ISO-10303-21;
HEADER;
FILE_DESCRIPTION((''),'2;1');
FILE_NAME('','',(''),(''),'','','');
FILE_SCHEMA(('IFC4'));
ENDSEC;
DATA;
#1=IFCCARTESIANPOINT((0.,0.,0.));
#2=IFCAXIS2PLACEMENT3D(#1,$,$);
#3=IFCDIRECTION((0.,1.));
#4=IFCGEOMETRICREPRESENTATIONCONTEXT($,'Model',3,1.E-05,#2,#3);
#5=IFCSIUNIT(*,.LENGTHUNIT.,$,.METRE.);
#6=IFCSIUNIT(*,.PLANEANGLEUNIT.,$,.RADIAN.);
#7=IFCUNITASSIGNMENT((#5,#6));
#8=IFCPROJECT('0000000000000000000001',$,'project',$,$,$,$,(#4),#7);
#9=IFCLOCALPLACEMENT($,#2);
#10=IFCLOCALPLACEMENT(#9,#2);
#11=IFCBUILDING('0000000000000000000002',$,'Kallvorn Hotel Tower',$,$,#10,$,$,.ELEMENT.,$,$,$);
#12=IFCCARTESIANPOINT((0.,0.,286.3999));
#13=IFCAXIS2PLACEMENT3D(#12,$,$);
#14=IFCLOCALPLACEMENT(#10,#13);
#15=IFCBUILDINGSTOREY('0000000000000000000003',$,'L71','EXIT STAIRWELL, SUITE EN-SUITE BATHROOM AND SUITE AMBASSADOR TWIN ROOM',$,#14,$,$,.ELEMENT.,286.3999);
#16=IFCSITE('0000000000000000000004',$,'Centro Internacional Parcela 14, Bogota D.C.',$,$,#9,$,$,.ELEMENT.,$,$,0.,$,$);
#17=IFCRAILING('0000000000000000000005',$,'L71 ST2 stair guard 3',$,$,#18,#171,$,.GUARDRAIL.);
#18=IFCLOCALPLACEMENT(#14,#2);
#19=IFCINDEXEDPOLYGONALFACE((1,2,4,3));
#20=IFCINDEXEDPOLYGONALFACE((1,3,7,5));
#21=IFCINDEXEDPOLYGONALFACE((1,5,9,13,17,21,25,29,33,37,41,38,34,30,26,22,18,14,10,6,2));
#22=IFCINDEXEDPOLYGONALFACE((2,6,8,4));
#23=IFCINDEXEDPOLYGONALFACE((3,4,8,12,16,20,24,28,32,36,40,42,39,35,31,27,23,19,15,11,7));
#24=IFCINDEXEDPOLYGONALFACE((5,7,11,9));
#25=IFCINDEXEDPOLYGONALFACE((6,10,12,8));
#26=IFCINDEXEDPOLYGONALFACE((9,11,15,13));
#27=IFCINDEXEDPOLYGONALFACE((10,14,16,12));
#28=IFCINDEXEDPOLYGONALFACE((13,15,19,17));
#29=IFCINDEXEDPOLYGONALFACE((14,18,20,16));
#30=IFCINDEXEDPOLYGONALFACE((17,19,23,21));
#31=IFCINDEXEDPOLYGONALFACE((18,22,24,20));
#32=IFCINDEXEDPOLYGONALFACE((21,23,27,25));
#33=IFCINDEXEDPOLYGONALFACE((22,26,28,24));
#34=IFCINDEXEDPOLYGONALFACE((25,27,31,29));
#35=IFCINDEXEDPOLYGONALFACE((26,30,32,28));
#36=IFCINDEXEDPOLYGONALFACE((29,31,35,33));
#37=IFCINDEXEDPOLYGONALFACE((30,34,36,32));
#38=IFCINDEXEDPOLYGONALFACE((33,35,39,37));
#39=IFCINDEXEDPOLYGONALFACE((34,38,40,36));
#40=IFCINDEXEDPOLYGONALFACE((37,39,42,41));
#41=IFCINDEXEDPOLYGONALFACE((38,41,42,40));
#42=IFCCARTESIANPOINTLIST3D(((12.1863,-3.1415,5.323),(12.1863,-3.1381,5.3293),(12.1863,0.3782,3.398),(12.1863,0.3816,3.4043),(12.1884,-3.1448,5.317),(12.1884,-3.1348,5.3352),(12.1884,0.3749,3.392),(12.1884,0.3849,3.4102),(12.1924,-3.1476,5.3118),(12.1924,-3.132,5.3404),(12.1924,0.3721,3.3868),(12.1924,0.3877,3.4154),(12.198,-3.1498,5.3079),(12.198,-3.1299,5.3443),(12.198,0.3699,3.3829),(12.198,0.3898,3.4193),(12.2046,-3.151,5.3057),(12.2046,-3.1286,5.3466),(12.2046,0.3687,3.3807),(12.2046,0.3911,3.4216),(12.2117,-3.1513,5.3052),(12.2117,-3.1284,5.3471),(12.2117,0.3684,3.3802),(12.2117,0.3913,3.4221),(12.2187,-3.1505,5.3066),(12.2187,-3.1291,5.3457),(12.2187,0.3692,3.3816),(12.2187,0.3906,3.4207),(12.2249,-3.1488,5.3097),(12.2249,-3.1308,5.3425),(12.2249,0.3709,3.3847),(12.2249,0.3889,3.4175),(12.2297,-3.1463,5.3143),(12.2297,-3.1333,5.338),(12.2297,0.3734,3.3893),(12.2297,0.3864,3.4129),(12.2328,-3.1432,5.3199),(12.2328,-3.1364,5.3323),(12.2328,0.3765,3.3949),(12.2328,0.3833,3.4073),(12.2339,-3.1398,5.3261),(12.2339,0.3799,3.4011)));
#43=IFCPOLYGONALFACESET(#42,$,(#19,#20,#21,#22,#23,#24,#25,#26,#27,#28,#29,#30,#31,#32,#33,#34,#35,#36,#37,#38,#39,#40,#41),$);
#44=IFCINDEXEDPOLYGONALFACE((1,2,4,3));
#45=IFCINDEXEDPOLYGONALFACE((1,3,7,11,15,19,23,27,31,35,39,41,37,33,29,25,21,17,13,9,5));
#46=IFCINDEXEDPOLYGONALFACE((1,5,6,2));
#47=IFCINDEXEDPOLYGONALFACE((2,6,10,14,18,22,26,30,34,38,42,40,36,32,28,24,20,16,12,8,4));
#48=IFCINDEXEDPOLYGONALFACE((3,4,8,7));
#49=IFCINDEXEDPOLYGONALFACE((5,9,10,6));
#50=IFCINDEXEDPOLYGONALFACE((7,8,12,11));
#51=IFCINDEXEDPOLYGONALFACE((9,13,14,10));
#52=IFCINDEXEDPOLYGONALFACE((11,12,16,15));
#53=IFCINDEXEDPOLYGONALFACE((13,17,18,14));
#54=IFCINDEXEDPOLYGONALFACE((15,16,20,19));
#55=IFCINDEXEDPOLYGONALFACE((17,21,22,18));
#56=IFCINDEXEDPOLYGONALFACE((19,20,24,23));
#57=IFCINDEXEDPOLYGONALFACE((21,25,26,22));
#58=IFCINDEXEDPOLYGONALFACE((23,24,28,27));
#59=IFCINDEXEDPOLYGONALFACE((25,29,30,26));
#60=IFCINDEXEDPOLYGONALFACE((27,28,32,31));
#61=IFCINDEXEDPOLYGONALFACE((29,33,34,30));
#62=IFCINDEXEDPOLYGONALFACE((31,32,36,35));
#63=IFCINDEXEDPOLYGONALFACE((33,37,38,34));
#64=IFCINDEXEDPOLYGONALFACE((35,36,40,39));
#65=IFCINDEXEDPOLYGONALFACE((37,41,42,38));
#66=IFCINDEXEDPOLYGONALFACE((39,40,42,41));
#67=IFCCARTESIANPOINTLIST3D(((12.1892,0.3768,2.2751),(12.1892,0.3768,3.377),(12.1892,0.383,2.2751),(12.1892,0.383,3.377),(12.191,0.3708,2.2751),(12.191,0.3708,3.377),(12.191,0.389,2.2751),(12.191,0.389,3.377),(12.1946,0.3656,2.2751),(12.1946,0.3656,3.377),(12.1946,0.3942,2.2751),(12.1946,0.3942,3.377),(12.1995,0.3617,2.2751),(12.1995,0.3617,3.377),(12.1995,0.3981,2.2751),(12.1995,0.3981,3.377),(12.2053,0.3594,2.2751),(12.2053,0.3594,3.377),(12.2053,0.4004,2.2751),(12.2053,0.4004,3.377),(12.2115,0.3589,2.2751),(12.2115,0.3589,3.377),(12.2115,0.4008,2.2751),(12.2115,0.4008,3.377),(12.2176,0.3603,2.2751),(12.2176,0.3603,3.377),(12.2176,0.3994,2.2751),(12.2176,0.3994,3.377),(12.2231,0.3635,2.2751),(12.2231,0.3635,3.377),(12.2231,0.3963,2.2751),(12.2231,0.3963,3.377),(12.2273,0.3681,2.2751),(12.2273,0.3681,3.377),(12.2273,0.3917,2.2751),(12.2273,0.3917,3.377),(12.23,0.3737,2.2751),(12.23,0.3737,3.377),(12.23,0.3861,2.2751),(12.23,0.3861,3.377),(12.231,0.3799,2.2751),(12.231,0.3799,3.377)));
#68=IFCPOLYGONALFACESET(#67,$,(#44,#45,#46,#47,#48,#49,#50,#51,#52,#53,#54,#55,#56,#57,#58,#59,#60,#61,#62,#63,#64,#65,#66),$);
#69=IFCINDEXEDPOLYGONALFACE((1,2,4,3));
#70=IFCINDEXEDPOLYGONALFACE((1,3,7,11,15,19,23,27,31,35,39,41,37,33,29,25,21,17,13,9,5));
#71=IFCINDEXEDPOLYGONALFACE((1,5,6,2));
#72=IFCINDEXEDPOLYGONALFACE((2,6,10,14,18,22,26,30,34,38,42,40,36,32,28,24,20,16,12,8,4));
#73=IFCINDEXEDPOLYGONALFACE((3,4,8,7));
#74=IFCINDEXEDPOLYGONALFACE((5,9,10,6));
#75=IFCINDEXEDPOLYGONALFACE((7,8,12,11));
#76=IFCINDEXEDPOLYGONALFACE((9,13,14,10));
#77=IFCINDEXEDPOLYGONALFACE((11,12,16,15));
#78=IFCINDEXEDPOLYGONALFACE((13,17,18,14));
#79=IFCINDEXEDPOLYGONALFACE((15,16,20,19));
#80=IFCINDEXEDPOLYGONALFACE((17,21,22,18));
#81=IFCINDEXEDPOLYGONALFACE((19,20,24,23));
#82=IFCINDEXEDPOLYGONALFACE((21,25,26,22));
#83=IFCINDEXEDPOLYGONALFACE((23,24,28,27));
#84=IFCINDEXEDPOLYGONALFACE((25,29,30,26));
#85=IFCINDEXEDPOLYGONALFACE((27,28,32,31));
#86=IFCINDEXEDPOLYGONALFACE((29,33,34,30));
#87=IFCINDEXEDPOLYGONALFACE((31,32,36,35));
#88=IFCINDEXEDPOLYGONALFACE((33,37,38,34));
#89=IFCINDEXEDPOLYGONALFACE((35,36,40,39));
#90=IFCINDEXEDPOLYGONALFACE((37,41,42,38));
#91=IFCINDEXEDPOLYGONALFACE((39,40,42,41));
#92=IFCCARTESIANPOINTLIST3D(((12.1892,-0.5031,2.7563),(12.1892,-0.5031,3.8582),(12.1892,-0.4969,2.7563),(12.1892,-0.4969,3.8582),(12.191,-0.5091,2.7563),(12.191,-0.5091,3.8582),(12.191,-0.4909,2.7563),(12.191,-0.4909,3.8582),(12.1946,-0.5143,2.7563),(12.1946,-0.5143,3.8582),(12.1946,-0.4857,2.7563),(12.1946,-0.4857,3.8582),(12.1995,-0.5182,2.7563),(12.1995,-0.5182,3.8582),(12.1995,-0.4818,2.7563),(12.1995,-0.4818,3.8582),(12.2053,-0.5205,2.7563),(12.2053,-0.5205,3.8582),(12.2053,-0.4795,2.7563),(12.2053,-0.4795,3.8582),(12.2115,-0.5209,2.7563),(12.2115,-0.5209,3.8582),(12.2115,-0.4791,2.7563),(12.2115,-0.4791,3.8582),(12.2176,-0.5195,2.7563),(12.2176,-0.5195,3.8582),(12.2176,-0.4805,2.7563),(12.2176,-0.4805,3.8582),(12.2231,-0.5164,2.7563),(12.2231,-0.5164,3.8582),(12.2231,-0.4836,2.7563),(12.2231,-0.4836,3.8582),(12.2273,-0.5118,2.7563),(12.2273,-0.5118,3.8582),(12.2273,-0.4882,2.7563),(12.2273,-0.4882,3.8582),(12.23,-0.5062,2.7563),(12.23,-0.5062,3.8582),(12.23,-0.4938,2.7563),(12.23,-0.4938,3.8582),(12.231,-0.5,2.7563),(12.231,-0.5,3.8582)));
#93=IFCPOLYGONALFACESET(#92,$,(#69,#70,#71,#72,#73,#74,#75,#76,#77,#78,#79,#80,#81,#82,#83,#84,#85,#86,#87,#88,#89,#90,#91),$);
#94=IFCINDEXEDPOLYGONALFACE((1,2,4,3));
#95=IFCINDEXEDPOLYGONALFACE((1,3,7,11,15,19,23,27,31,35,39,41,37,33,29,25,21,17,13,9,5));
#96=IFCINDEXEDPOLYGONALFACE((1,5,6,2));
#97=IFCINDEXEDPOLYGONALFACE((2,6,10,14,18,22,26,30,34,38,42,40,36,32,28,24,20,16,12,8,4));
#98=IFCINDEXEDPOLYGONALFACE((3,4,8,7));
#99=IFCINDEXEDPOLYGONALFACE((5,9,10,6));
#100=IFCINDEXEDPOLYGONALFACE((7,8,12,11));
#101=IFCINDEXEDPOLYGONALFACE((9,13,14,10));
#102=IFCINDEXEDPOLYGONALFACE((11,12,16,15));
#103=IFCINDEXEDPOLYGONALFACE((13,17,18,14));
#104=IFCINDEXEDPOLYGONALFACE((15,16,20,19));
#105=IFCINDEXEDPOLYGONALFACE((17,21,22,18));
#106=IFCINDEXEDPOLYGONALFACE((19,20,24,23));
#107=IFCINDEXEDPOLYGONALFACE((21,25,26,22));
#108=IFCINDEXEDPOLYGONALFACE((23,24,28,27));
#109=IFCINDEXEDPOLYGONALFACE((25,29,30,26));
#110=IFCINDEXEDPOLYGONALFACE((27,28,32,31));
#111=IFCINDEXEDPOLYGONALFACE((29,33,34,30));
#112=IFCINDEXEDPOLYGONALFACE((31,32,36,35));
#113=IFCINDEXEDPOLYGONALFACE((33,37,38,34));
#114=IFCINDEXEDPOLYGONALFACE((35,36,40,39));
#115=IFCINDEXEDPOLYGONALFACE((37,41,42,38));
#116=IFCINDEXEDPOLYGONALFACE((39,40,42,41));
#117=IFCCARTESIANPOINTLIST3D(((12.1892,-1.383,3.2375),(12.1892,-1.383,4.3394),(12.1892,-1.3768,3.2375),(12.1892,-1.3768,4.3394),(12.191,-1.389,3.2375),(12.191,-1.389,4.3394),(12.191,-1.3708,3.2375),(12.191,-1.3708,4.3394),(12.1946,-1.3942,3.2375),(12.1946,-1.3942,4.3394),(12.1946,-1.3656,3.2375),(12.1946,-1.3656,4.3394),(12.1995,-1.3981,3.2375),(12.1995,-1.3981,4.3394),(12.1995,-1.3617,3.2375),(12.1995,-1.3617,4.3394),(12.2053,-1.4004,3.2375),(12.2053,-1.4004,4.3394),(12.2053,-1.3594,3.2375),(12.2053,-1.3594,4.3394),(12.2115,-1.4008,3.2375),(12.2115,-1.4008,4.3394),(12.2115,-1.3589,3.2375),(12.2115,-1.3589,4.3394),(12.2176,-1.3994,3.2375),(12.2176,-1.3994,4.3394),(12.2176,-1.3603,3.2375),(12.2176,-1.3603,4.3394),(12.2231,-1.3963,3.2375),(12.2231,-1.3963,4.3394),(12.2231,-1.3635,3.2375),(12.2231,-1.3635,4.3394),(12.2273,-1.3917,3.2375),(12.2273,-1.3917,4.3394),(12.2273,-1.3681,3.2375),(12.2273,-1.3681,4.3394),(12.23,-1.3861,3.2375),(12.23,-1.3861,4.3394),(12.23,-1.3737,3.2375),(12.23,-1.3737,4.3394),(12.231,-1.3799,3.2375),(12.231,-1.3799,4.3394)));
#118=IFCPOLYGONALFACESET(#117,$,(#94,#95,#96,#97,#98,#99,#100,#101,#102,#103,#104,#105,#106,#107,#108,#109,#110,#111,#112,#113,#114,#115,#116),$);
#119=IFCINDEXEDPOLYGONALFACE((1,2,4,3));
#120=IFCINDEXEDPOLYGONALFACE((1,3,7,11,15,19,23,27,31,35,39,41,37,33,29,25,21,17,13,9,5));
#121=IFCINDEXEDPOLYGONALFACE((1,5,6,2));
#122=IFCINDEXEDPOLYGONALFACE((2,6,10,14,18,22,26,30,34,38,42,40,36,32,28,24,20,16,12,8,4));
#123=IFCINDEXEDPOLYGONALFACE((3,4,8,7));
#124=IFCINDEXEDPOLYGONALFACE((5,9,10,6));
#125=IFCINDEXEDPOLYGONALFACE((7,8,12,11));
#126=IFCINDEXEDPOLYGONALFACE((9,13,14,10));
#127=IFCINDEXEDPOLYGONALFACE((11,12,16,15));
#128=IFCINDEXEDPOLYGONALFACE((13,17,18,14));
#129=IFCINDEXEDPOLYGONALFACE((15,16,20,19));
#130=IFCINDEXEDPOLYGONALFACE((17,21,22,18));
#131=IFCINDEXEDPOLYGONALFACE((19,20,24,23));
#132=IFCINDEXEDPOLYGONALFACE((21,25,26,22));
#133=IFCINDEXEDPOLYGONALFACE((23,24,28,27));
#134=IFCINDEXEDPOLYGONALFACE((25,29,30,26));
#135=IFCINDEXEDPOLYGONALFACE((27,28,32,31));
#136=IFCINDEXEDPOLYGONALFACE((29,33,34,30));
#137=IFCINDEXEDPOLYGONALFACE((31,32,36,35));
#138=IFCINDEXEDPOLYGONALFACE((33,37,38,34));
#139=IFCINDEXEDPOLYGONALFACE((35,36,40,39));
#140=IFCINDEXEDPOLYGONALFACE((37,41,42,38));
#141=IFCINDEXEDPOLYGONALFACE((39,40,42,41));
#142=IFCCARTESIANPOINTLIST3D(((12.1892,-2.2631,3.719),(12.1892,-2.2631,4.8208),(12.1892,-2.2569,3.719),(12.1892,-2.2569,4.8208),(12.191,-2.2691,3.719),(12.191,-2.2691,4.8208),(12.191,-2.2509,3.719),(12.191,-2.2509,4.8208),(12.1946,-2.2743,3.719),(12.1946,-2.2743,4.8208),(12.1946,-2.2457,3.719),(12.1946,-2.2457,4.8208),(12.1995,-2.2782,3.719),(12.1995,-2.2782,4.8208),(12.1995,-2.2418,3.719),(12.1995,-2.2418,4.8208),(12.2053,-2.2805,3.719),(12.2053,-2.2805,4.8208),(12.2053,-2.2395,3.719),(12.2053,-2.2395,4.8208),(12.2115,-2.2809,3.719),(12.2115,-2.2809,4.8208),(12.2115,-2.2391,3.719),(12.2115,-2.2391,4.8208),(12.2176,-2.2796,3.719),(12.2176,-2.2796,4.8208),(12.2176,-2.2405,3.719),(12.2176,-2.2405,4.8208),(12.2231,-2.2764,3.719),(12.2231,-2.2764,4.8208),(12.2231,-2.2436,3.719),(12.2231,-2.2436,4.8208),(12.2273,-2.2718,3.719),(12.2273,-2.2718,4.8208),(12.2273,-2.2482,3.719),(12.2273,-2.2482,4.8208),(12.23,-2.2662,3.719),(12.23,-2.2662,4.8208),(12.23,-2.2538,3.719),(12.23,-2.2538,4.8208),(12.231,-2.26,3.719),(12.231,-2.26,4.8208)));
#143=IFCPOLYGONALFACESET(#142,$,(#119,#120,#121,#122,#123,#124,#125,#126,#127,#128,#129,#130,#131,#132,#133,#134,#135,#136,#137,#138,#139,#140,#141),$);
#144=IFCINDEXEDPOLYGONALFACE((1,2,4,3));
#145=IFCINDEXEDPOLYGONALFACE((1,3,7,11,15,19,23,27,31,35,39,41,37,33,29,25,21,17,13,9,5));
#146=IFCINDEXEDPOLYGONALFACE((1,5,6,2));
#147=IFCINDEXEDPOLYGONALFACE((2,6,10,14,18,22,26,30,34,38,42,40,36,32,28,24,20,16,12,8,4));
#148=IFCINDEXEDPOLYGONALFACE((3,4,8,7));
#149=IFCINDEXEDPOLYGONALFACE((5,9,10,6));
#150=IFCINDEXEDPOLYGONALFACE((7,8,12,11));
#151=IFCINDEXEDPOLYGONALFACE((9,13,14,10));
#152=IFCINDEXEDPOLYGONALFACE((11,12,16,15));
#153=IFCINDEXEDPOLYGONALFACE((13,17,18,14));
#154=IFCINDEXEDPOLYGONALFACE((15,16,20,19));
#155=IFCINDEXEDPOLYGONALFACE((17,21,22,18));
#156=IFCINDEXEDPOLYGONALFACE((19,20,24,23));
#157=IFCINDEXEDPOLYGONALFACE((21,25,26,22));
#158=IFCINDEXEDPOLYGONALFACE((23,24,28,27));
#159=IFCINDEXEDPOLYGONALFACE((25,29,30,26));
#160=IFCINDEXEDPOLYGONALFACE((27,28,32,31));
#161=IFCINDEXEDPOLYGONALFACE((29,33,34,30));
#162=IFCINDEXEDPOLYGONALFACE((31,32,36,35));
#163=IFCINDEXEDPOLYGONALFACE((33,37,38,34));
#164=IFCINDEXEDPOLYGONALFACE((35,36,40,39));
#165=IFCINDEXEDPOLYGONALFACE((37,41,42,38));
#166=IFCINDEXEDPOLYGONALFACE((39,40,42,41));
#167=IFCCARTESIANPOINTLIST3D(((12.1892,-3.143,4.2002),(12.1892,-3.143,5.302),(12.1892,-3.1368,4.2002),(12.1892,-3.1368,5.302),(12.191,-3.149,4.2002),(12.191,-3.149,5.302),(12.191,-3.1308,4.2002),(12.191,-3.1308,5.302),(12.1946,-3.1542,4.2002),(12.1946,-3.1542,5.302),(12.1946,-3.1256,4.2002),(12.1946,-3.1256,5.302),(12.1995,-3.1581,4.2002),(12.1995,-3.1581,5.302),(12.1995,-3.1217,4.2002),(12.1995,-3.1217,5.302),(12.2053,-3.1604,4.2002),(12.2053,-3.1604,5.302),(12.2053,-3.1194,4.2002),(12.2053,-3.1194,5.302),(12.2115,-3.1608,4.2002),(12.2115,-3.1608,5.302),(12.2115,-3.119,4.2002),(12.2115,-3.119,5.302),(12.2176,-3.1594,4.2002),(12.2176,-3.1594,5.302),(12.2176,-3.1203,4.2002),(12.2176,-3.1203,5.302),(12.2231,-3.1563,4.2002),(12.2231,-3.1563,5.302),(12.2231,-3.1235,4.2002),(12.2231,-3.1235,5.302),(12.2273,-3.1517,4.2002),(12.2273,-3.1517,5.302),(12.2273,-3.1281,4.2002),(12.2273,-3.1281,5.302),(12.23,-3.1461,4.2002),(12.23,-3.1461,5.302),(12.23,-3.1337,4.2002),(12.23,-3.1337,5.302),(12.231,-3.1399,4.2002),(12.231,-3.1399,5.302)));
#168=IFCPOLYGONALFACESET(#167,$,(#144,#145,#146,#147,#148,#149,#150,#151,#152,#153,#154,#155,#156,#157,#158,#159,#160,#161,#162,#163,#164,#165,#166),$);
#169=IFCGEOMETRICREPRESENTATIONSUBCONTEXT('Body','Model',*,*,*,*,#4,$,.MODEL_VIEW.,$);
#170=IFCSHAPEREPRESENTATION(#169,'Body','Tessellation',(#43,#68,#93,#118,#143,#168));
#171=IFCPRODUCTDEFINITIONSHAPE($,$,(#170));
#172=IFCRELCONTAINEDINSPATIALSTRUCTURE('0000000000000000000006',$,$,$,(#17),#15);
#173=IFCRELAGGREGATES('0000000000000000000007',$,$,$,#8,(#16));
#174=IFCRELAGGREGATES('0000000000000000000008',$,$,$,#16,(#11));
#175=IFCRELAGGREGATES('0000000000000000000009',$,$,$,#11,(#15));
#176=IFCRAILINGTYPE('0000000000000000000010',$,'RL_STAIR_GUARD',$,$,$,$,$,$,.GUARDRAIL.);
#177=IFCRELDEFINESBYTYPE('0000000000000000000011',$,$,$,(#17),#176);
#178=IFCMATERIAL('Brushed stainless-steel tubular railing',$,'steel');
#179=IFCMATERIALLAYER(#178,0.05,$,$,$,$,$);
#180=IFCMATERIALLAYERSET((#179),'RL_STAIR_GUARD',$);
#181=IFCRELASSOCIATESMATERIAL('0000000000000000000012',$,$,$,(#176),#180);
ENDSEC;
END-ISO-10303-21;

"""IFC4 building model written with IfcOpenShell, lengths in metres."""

from ifc_helpers import new_model, si_unit, direction, frame, origin, origin_2d, place, context, subcontext, project, spatial, circle, extrude, material, layer, layer_set, type_object, element, save


model = new_model("IFC4")

# Units and contexts
model_context = context("Model", 3, precision=1e-05, world=origin(), true_north=direction((0.0, 1.0)))
body_context = subcontext(model_context, "Body", "Model", "MODEL_VIEW")
ifc_project = project(units=[si_unit("LENGTHUNIT", "METRE"), si_unit("PLANEANGLEUNIT", "RADIAN")], contexts=[model_context])

# Site, building, storey
site_placement = place(None, origin())
site = spatial("IfcSite", under=ifc_project, at=site_placement, Name="Centro Internacional Parcela 14, Bogota D.C.", CompositionType="ELEMENT", RefElevation=0.0)
building_placement = place(site_placement, origin())
building = spatial("IfcBuilding", under=site, at=building_placement, Name="Kallvorn Hotel Tower", CompositionType="ELEMENT")
storey_placement = place(building_placement, frame((0.0, 0.0, 286.3999)))
storey = spatial("IfcBuildingStorey", under=building, at=storey_placement, Name="L71", Description="EXIT STAIRWELL, SUITE EN-SUITE BATHROOM AND SUITE AMBASSADOR TWIN ROOM", CompositionType="ELEMENT", Elevation=286.3999)

# Railing
ifc_material_1 = material(Name="Brushed stainless-steel tubular railing", Category="steel")
ifc_layer_1 = layer(ifc_material_1, 0.05)
ifc_layer_set_1 = layer_set([ifc_layer_1], Name="RL_STAIR_GUARD")
railing_type_1 = type_object("IfcRailingType", Name="RL_STAIR_GUARD", PredefinedType="GUARDRAIL", material=ifc_layer_set_1)
railing_1_placement = place(storey_placement, frame((12.21, 0.3799, 2.2751)))
element("IfcRailing", 1, at=railing_1_placement, inside=storey, type_object=railing_type_1, Name="L71 ST2 stair guard 3", PredefinedType="GUARDRAIL", context=body_context, shape_type="SweptSolid", body=[
    extrude(circle(Radius=0.0239, at=origin_2d()), frame((0.0, 0.0, 1.126), z_axis=(0.0, -0.877353, 0.479845), x_axis=(1.0, 0.0, 0.0)), (0.0, 0.0, 1.0), 4.0117),
    extrude(circle(Radius=0.021, at=origin_2d()), origin(), (0.0, 0.0, 1.0), 1.1018),
    extrude(circle(Radius=0.021, at=origin_2d()), frame((0.0, -0.8799, 0.4812)), (0.0, 0.0, 1.0), 1.1018),
    extrude(circle(Radius=0.021, at=origin_2d()), frame((0.0, -1.7598, 0.9624)), (0.0, 0.0, 1.0), 1.1018),
    extrude(circle(Radius=0.021, at=origin_2d()), frame((0.0, -2.6399, 1.4438)), (0.0, 0.0, 1.0), 1.1018),
    extrude(circle(Radius=0.021, at=origin_2d()), frame((0.0, -3.5198, 1.925)), (0.0, 0.0, 1.0), 1.1018),
])

save(model, "model.ifc")
